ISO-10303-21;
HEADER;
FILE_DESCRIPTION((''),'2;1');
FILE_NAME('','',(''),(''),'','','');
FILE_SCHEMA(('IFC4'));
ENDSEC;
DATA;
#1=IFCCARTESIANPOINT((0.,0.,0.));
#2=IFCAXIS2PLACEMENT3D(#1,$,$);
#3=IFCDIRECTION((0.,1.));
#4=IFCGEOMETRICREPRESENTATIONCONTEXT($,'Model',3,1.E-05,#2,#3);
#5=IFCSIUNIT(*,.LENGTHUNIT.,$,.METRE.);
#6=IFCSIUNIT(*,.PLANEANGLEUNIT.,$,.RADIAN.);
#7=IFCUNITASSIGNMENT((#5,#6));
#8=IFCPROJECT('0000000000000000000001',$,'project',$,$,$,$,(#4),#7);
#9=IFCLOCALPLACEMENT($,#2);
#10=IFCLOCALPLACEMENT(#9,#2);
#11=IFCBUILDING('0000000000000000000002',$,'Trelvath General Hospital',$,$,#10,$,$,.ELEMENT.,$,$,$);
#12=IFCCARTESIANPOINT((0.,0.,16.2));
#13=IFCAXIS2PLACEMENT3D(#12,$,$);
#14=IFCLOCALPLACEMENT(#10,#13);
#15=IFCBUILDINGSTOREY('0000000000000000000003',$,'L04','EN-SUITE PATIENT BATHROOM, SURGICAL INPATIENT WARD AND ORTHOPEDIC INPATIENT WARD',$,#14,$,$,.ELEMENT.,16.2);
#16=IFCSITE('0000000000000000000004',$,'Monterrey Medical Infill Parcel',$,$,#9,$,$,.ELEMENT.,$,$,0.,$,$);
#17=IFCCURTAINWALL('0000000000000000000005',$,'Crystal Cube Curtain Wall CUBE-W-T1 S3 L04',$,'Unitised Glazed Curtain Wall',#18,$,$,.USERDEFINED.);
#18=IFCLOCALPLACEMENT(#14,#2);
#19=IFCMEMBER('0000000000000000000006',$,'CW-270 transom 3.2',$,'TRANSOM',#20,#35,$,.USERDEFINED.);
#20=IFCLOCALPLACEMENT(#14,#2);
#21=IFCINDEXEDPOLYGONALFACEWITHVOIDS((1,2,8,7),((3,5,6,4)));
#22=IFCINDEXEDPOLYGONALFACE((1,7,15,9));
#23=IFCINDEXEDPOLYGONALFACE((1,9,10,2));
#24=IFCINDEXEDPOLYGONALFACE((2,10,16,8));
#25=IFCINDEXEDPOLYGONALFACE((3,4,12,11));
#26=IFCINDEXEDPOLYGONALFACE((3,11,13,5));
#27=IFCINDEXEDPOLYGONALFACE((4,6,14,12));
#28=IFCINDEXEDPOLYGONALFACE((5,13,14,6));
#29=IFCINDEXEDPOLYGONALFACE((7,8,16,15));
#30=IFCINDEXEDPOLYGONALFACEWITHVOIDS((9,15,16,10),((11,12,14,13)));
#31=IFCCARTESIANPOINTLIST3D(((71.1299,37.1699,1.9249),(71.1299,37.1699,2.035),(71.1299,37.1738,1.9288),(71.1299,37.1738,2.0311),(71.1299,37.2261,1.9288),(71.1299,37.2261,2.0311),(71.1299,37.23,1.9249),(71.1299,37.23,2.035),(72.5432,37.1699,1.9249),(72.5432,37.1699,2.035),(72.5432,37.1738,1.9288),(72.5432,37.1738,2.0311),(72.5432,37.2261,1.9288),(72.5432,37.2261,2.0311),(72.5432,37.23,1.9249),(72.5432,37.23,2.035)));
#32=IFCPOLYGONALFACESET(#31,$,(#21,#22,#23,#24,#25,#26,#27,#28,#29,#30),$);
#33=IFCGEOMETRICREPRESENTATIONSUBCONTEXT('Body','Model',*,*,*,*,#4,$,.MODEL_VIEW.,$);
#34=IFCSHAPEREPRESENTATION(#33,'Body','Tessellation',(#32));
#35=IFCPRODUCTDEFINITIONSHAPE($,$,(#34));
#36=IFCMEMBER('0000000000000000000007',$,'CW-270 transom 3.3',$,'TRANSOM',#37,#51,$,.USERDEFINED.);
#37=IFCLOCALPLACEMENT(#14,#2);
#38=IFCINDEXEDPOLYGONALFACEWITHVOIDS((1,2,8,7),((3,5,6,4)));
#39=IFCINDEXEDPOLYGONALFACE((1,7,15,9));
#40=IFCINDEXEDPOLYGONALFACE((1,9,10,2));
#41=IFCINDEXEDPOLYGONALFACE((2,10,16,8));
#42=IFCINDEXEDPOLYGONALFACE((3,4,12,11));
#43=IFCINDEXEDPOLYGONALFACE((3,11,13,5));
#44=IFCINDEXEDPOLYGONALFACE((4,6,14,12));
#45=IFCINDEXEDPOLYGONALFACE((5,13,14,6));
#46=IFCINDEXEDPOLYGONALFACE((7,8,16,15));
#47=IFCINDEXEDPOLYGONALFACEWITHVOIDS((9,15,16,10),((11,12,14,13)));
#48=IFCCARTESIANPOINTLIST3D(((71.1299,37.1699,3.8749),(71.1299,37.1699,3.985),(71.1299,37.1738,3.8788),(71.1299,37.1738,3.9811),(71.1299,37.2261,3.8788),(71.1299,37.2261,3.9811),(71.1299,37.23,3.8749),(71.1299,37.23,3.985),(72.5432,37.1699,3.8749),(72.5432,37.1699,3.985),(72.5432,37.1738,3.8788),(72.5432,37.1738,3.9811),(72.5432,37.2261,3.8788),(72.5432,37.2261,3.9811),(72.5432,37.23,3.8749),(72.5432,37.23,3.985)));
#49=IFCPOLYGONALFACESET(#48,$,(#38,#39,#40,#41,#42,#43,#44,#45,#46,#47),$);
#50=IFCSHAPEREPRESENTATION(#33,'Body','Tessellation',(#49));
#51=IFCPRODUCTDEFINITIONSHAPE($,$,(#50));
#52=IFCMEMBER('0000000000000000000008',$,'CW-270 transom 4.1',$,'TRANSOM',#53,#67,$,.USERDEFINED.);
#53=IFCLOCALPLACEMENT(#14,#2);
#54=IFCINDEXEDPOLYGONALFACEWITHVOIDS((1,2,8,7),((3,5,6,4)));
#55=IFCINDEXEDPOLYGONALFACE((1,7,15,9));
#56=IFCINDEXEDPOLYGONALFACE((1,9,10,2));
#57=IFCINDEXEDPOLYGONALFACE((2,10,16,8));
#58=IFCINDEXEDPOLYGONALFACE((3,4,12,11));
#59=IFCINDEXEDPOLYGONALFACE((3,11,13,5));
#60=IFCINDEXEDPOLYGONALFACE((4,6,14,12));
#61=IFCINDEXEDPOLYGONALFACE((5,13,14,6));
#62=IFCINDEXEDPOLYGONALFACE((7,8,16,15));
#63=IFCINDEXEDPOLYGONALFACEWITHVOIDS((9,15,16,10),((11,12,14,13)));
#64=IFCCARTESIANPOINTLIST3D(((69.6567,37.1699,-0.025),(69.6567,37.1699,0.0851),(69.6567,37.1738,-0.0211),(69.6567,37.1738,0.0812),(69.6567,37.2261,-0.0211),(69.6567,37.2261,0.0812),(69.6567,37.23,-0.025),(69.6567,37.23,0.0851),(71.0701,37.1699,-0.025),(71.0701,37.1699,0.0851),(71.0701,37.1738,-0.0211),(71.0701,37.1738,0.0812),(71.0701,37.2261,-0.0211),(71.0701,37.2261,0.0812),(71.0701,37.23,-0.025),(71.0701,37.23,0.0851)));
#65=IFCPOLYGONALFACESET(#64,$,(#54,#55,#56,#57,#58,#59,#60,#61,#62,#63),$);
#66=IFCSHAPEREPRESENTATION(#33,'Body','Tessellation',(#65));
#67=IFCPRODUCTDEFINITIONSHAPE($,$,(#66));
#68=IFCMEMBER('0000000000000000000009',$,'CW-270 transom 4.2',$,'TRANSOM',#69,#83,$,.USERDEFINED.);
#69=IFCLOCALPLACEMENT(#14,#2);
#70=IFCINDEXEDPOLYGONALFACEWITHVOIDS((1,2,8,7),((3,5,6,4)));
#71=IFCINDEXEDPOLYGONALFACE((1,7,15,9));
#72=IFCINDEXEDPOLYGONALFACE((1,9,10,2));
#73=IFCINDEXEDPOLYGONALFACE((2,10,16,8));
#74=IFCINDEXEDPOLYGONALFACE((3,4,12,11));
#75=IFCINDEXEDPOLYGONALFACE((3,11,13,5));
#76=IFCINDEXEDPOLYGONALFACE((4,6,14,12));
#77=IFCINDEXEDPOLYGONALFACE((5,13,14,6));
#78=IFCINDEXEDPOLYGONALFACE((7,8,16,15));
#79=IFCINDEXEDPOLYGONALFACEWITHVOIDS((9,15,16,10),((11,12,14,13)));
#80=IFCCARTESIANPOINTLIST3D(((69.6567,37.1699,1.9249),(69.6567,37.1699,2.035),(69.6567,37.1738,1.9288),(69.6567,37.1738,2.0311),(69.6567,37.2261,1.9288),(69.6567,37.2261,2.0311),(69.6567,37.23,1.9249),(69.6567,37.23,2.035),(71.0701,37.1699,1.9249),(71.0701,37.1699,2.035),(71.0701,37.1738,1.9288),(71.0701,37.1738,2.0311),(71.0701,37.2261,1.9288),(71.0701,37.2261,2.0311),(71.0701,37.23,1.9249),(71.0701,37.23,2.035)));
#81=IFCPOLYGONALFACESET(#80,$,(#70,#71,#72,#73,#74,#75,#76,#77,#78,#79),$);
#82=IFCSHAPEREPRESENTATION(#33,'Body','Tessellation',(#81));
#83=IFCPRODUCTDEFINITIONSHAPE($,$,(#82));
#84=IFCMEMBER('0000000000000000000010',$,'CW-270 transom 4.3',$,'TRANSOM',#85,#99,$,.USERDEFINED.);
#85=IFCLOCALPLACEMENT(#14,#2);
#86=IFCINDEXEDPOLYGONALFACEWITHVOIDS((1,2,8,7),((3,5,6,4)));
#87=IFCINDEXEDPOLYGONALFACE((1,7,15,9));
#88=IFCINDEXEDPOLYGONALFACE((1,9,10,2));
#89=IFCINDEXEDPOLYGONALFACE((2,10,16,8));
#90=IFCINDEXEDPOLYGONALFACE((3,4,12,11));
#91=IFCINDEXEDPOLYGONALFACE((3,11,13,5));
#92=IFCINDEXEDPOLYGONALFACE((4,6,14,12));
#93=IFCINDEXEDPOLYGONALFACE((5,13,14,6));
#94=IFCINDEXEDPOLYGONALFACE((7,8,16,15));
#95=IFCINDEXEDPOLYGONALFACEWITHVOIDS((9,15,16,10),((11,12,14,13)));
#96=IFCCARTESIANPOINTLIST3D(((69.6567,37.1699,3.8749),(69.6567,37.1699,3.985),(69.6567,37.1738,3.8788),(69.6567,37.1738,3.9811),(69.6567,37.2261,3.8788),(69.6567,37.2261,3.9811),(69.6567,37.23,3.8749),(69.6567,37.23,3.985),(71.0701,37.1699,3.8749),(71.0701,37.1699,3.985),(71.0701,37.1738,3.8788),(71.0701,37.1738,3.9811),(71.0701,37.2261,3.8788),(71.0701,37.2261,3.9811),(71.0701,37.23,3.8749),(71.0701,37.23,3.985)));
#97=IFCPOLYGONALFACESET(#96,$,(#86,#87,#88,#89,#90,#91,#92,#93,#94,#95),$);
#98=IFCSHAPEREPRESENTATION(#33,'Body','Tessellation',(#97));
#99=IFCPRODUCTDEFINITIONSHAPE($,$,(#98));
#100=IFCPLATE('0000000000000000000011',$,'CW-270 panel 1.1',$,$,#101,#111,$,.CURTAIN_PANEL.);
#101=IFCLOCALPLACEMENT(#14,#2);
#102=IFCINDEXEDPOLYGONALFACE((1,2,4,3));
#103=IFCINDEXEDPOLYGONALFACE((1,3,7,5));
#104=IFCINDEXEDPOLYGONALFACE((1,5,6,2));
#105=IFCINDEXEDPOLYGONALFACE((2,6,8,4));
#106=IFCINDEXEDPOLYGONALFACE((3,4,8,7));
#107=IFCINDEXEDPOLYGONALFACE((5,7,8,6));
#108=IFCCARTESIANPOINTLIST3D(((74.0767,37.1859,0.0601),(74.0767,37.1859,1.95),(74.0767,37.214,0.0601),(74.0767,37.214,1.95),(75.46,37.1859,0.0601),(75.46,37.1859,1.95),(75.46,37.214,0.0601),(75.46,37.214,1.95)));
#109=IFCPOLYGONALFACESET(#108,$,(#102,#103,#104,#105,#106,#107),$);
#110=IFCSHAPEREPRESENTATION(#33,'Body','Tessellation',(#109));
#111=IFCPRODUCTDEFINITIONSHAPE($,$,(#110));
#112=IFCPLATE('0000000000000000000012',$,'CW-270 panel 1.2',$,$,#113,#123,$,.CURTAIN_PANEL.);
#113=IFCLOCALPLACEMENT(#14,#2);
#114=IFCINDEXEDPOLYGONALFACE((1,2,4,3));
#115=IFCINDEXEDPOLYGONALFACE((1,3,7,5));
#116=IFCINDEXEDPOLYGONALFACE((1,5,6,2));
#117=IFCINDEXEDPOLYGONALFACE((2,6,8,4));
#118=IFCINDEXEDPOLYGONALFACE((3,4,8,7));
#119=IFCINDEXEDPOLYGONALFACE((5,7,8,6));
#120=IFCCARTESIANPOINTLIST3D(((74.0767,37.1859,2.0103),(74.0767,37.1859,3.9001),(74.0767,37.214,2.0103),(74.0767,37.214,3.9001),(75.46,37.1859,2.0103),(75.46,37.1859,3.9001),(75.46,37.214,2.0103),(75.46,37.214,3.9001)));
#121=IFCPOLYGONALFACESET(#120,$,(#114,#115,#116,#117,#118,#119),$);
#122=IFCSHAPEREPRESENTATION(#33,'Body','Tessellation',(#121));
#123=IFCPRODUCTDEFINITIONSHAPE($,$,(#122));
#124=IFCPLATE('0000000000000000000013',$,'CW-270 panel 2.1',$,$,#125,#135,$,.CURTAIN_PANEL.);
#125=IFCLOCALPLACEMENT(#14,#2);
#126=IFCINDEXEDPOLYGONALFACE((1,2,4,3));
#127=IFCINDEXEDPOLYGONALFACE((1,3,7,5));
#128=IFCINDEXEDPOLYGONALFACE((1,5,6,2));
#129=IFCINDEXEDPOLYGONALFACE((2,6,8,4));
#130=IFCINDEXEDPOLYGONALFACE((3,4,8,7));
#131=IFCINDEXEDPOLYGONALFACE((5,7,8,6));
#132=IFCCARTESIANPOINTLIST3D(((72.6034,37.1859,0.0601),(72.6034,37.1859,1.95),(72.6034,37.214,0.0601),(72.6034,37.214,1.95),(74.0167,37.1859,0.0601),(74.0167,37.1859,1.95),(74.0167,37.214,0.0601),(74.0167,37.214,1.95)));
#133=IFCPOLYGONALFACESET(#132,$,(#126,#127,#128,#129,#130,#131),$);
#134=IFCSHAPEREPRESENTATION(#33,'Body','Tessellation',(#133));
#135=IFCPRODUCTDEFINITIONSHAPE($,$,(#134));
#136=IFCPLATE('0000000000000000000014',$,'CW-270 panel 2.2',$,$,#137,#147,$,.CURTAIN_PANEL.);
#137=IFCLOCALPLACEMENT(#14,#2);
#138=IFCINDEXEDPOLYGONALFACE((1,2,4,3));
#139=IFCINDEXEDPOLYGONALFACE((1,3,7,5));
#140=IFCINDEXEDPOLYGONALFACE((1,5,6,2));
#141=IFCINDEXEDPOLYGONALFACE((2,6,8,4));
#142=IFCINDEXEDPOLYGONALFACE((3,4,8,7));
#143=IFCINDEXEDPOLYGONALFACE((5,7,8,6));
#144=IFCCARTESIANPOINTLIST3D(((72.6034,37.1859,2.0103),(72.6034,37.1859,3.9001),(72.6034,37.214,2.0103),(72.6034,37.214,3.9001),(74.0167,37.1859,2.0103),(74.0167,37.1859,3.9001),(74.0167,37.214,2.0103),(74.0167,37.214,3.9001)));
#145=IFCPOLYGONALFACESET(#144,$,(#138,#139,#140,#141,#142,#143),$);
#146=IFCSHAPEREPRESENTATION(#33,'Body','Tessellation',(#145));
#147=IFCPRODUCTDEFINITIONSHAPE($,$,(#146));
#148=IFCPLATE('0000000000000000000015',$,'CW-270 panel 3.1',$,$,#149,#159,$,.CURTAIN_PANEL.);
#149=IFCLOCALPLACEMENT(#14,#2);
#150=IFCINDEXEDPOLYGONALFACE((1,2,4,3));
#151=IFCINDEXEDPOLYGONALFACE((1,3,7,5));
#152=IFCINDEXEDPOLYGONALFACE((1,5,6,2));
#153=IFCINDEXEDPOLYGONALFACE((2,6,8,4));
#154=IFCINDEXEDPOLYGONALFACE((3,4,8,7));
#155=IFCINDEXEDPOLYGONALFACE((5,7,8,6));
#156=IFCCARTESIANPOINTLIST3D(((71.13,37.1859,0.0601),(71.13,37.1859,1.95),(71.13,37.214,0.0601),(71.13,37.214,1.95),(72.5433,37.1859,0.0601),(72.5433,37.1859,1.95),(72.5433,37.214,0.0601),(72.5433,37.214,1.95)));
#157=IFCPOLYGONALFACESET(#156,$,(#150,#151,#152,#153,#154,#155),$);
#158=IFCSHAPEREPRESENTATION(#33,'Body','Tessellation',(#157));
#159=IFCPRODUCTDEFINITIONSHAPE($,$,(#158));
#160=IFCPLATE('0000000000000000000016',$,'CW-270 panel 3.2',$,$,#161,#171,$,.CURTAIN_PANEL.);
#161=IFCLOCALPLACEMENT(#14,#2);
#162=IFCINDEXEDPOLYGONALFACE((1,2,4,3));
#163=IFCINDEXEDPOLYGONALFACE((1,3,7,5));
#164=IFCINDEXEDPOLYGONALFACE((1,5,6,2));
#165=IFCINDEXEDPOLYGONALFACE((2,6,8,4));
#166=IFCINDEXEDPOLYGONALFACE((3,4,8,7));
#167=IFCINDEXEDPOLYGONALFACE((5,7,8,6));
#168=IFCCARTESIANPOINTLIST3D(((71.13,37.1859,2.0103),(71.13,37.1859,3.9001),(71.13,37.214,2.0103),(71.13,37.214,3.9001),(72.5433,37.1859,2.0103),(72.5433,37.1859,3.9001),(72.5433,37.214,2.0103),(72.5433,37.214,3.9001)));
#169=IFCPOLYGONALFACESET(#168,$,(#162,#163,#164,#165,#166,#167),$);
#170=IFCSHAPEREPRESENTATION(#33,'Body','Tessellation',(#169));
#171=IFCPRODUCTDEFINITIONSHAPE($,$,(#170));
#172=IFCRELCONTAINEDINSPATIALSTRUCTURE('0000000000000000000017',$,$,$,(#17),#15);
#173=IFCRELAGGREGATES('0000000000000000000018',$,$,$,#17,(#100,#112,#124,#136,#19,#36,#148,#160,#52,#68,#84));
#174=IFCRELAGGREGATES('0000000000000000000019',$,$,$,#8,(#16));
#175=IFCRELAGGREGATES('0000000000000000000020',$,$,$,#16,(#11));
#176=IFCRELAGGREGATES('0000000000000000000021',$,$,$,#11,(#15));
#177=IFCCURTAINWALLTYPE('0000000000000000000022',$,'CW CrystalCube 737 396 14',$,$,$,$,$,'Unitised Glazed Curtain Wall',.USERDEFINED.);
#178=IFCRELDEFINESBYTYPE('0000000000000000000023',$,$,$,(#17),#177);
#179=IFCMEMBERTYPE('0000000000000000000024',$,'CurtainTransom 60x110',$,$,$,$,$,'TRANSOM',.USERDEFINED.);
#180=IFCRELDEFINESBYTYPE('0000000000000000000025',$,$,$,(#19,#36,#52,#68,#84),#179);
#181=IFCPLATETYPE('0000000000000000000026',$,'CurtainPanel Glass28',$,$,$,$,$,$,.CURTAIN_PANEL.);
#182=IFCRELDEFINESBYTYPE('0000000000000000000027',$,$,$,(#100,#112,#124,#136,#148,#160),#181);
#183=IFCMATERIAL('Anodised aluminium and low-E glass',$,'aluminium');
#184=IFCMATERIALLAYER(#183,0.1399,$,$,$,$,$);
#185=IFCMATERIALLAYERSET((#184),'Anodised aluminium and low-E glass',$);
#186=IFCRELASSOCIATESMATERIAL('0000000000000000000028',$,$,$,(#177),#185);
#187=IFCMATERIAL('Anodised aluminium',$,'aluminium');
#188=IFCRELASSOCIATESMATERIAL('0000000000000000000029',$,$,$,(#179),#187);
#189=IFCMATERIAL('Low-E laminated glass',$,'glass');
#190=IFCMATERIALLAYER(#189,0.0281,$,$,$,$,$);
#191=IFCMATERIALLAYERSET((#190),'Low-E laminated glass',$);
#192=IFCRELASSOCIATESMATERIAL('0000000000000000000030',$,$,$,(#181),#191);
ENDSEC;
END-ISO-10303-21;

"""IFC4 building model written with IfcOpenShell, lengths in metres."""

from ifc_helpers import new_model, si_unit, direction, frame, origin, origin_2d, place, context, subcontext, project, spatial, rectangle, hollow_rectangle, extrude, material, layer, layer_set, material_profile, profile_set, type_object, element, aggregate, save


model = new_model("IFC4")

# Units and contexts
model_context = context("Model", 3, precision=1e-05, world=origin(), true_north=direction((0.0, 1.0)))
body_context = subcontext(model_context, "Body", "Model", "MODEL_VIEW")
ifc_project = project(units=[si_unit("LENGTHUNIT", "METRE"), si_unit("PLANEANGLEUNIT", "RADIAN")], contexts=[model_context])

# Site, building, storey
site_placement = place(None, origin())
site = spatial("IfcSite", under=ifc_project, at=site_placement, Name="Monterrey Medical Infill Parcel", CompositionType="ELEMENT", RefElevation=0.0)
building_placement = place(site_placement, origin())
building = spatial("IfcBuilding", under=site, at=building_placement, Name="Trelvath General Hospital", CompositionType="ELEMENT")
storey_placement = place(building_placement, frame((0.0, 0.0, 16.2)))
storey = spatial("IfcBuildingStorey", under=building, at=storey_placement, Name="L04", Description="EN-SUITE PATIENT BATHROOM, SURGICAL INPATIENT WARD AND ORTHOPEDIC INPATIENT WARD", CompositionType="ELEMENT", Elevation=16.2)

# Curtain wall, members, plates
ifc_material_1 = material(Name="Anodised aluminium and low-E glass", Category="aluminium")
ifc_layer_1 = layer(ifc_material_1, 0.1399)
ifc_layer_set_1 = layer_set([ifc_layer_1], Name="Anodised aluminium and low-E glass")
curtain_wall_type = type_object("IfcCurtainWallType", Name="CW CrystalCube 737 396 14", ElementType="Unitised Glazed Curtain Wall", PredefinedType="USERDEFINED", material=ifc_layer_set_1)
curtain_wall_placement = place(storey_placement, origin())
curtain_wall = element("IfcCurtainWall", 1, at=curtain_wall_placement, inside=storey, type_object=curtain_wall_type, Name="Crystal Cube Curtain Wall CUBE-W-T1 S3 L04", ObjectType="Unitised Glazed Curtain Wall", PredefinedType="USERDEFINED")
ifc_material_2 = material(Name="Anodised aluminium", Category="aluminium")
ifc_material_profile_1 = material_profile(ifc_material_2, hollow_rectangle(XDim=0.0601, YDim=0.1101, WallThickness=0.0039, at=origin_2d()), Name="RHS60x110x4")
ifc_profile_set_1 = profile_set([ifc_material_profile_1], Name="Anodised aluminium")
member_type_1 = type_object("IfcMemberType", Name="CurtainTransom 60x110", ElementType="TRANSOM", PredefinedType="USERDEFINED", material=ifc_profile_set_1)
member_1_placement = place(storey_placement, frame((72.5432, 37.2, 1.98), z_axis=(-1.0, 0.0, 0.0), x_axis=(0.0, -1.0, 0.0)))
member_1 = element("IfcMember", 2, at=member_1_placement, type_object=member_type_1, Name="CW-270 transom 3.2", ObjectType="TRANSOM", PredefinedType="USERDEFINED", context=body_context, shape_type="SweptSolid", body=[
    extrude(hollow_rectangle(XDim=0.0601, YDim=0.1101, WallThickness=0.0039, at=origin_2d()), origin(), (0.0, 0.0, 1.0), 1.4133),
])
member_2_placement = place(storey_placement, frame((72.5432, 37.2, 3.9299), z_axis=(-1.0, 0.0, 0.0), x_axis=(0.0, -1.0, 0.0)))
member_2 = element("IfcMember", 3, at=member_2_placement, type_object=member_type_1, Name="CW-270 transom 3.3", ObjectType="TRANSOM", PredefinedType="USERDEFINED", context=body_context, shape_type="SweptSolid", body=[
    extrude(hollow_rectangle(XDim=0.0601, YDim=0.1101, WallThickness=0.0039, at=origin_2d()), origin(), (0.0, 0.0, 1.0), 1.4133),
])
member_3_placement = place(storey_placement, frame((71.0701, 37.2, 0.03), z_axis=(-1.0, 0.0, 0.0), x_axis=(0.0, -1.0, 0.0)))
member_3 = element("IfcMember", 4, at=member_3_placement, type_object=member_type_1, Name="CW-270 transom 4.1", ObjectType="TRANSOM", PredefinedType="USERDEFINED", context=body_context, shape_type="SweptSolid", body=[
    extrude(hollow_rectangle(XDim=0.0601, YDim=0.1101, WallThickness=0.0039, at=origin_2d()), origin(), (0.0, 0.0, 1.0), 1.4133),
])
member_4_placement = place(storey_placement, frame((71.0701, 37.2, 1.98), z_axis=(-1.0, 0.0, 0.0), x_axis=(0.0, -1.0, 0.0)))
member_4 = element("IfcMember", 5, at=member_4_placement, type_object=member_type_1, Name="CW-270 transom 4.2", ObjectType="TRANSOM", PredefinedType="USERDEFINED", context=body_context, shape_type="SweptSolid", body=[
    extrude(hollow_rectangle(XDim=0.0601, YDim=0.1101, WallThickness=0.0039, at=origin_2d()), origin(), (0.0, 0.0, 1.0), 1.4133),
])
member_5_placement = place(storey_placement, frame((71.0701, 37.2, 3.9299), z_axis=(-1.0, 0.0, 0.0), x_axis=(0.0, -1.0, 0.0)))
member_5 = element("IfcMember", 6, at=member_5_placement, type_object=member_type_1, Name="CW-270 transom 4.3", ObjectType="TRANSOM", PredefinedType="USERDEFINED", context=body_context, shape_type="SweptSolid", body=[
    extrude(hollow_rectangle(XDim=0.0601, YDim=0.1101, WallThickness=0.0039, at=origin_2d()), origin(), (0.0, 0.0, 1.0), 1.4133),
])
ifc_material_3 = material(Name="Low-E laminated glass", Category="glass")
ifc_layer_2 = layer(ifc_material_3, 0.0281)
ifc_layer_set_2 = layer_set([ifc_layer_2], Name="Low-E laminated glass")
plate_type = type_object("IfcPlateType", Name="CurtainPanel Glass28", PredefinedType="CURTAIN_PANEL", material=ifc_layer_set_2)
plate_1_placement = place(storey_placement, frame((74.7683, 37.2, 0.0601), z_axis=(0.0, 0.0, 1.0), x_axis=(-1.0, 0.0, 0.0)))
plate_1 = element("IfcPlate", 7, at=plate_1_placement, type_object=plate_type, Name="CW-270 panel 1.1", PredefinedType="CURTAIN_PANEL", context=body_context, shape_type="SweptSolid", body=[
    extrude(rectangle(XDim=1.3833, YDim=0.0281, at=origin_2d()), origin(), (0.0, 0.0, 1.0), 1.8899),
])
plate_2_placement = place(storey_placement, frame((74.7683, 37.2, 2.0103), z_axis=(0.0, 0.0, 1.0), x_axis=(-1.0, 0.0, 0.0)))
plate_2 = element("IfcPlate", 8, at=plate_2_placement, type_object=plate_type, Name="CW-270 panel 1.2", PredefinedType="CURTAIN_PANEL", context=body_context, shape_type="SweptSolid", body=[
    extrude(rectangle(XDim=1.3833, YDim=0.0281, at=origin_2d()), origin(), (0.0, 0.0, 1.0), 1.8899),
])
plate_3_placement = place(storey_placement, frame((73.3101, 37.2, 0.0601), z_axis=(0.0, 0.0, 1.0), x_axis=(-1.0, 0.0, 0.0)))
plate_3 = element("IfcPlate", 9, at=plate_3_placement, type_object=plate_type, Name="CW-270 panel 2.1", PredefinedType="CURTAIN_PANEL", context=body_context, shape_type="SweptSolid", body=[
    extrude(rectangle(XDim=1.4133, YDim=0.0281, at=origin_2d()), origin(), (0.0, 0.0, 1.0), 1.8899),
])
plate_4_placement = place(storey_placement, frame((73.3101, 37.2, 2.0103), z_axis=(0.0, 0.0, 1.0), x_axis=(-1.0, 0.0, 0.0)))
plate_4 = element("IfcPlate", 10, at=plate_4_placement, type_object=plate_type, Name="CW-270 panel 2.2", PredefinedType="CURTAIN_PANEL", context=body_context, shape_type="SweptSolid", body=[
    extrude(rectangle(XDim=1.4133, YDim=0.0281, at=origin_2d()), origin(), (0.0, 0.0, 1.0), 1.8899),
])
plate_5_placement = place(storey_placement, frame((71.8367, 37.2, 0.0601), z_axis=(0.0, 0.0, 1.0), x_axis=(-1.0, 0.0, 0.0)))
plate_5 = element("IfcPlate", 11, at=plate_5_placement, type_object=plate_type, Name="CW-270 panel 3.1", PredefinedType="CURTAIN_PANEL", context=body_context, shape_type="SweptSolid", body=[
    extrude(rectangle(XDim=1.4133, YDim=0.0281, at=origin_2d()), origin(), (0.0, 0.0, 1.0), 1.8899),
])
plate_6_placement = place(storey_placement, frame((71.8367, 37.2, 2.0103), z_axis=(0.0, 0.0, 1.0), x_axis=(-1.0, 0.0, 0.0)))
plate_6 = element("IfcPlate", 12, at=plate_6_placement, type_object=plate_type, Name="CW-270 panel 3.2", PredefinedType="CURTAIN_PANEL", context=body_context, shape_type="SweptSolid", body=[
    extrude(rectangle(XDim=1.4133, YDim=0.0281, at=origin_2d()), origin(), (0.0, 0.0, 1.0), 1.8899),
])
aggregate(curtain_wall, [plate_1, plate_2, plate_3, plate_4, member_1, member_2, plate_5, plate_6, member_3, member_4, member_5])

save(model, "model.ifc")
